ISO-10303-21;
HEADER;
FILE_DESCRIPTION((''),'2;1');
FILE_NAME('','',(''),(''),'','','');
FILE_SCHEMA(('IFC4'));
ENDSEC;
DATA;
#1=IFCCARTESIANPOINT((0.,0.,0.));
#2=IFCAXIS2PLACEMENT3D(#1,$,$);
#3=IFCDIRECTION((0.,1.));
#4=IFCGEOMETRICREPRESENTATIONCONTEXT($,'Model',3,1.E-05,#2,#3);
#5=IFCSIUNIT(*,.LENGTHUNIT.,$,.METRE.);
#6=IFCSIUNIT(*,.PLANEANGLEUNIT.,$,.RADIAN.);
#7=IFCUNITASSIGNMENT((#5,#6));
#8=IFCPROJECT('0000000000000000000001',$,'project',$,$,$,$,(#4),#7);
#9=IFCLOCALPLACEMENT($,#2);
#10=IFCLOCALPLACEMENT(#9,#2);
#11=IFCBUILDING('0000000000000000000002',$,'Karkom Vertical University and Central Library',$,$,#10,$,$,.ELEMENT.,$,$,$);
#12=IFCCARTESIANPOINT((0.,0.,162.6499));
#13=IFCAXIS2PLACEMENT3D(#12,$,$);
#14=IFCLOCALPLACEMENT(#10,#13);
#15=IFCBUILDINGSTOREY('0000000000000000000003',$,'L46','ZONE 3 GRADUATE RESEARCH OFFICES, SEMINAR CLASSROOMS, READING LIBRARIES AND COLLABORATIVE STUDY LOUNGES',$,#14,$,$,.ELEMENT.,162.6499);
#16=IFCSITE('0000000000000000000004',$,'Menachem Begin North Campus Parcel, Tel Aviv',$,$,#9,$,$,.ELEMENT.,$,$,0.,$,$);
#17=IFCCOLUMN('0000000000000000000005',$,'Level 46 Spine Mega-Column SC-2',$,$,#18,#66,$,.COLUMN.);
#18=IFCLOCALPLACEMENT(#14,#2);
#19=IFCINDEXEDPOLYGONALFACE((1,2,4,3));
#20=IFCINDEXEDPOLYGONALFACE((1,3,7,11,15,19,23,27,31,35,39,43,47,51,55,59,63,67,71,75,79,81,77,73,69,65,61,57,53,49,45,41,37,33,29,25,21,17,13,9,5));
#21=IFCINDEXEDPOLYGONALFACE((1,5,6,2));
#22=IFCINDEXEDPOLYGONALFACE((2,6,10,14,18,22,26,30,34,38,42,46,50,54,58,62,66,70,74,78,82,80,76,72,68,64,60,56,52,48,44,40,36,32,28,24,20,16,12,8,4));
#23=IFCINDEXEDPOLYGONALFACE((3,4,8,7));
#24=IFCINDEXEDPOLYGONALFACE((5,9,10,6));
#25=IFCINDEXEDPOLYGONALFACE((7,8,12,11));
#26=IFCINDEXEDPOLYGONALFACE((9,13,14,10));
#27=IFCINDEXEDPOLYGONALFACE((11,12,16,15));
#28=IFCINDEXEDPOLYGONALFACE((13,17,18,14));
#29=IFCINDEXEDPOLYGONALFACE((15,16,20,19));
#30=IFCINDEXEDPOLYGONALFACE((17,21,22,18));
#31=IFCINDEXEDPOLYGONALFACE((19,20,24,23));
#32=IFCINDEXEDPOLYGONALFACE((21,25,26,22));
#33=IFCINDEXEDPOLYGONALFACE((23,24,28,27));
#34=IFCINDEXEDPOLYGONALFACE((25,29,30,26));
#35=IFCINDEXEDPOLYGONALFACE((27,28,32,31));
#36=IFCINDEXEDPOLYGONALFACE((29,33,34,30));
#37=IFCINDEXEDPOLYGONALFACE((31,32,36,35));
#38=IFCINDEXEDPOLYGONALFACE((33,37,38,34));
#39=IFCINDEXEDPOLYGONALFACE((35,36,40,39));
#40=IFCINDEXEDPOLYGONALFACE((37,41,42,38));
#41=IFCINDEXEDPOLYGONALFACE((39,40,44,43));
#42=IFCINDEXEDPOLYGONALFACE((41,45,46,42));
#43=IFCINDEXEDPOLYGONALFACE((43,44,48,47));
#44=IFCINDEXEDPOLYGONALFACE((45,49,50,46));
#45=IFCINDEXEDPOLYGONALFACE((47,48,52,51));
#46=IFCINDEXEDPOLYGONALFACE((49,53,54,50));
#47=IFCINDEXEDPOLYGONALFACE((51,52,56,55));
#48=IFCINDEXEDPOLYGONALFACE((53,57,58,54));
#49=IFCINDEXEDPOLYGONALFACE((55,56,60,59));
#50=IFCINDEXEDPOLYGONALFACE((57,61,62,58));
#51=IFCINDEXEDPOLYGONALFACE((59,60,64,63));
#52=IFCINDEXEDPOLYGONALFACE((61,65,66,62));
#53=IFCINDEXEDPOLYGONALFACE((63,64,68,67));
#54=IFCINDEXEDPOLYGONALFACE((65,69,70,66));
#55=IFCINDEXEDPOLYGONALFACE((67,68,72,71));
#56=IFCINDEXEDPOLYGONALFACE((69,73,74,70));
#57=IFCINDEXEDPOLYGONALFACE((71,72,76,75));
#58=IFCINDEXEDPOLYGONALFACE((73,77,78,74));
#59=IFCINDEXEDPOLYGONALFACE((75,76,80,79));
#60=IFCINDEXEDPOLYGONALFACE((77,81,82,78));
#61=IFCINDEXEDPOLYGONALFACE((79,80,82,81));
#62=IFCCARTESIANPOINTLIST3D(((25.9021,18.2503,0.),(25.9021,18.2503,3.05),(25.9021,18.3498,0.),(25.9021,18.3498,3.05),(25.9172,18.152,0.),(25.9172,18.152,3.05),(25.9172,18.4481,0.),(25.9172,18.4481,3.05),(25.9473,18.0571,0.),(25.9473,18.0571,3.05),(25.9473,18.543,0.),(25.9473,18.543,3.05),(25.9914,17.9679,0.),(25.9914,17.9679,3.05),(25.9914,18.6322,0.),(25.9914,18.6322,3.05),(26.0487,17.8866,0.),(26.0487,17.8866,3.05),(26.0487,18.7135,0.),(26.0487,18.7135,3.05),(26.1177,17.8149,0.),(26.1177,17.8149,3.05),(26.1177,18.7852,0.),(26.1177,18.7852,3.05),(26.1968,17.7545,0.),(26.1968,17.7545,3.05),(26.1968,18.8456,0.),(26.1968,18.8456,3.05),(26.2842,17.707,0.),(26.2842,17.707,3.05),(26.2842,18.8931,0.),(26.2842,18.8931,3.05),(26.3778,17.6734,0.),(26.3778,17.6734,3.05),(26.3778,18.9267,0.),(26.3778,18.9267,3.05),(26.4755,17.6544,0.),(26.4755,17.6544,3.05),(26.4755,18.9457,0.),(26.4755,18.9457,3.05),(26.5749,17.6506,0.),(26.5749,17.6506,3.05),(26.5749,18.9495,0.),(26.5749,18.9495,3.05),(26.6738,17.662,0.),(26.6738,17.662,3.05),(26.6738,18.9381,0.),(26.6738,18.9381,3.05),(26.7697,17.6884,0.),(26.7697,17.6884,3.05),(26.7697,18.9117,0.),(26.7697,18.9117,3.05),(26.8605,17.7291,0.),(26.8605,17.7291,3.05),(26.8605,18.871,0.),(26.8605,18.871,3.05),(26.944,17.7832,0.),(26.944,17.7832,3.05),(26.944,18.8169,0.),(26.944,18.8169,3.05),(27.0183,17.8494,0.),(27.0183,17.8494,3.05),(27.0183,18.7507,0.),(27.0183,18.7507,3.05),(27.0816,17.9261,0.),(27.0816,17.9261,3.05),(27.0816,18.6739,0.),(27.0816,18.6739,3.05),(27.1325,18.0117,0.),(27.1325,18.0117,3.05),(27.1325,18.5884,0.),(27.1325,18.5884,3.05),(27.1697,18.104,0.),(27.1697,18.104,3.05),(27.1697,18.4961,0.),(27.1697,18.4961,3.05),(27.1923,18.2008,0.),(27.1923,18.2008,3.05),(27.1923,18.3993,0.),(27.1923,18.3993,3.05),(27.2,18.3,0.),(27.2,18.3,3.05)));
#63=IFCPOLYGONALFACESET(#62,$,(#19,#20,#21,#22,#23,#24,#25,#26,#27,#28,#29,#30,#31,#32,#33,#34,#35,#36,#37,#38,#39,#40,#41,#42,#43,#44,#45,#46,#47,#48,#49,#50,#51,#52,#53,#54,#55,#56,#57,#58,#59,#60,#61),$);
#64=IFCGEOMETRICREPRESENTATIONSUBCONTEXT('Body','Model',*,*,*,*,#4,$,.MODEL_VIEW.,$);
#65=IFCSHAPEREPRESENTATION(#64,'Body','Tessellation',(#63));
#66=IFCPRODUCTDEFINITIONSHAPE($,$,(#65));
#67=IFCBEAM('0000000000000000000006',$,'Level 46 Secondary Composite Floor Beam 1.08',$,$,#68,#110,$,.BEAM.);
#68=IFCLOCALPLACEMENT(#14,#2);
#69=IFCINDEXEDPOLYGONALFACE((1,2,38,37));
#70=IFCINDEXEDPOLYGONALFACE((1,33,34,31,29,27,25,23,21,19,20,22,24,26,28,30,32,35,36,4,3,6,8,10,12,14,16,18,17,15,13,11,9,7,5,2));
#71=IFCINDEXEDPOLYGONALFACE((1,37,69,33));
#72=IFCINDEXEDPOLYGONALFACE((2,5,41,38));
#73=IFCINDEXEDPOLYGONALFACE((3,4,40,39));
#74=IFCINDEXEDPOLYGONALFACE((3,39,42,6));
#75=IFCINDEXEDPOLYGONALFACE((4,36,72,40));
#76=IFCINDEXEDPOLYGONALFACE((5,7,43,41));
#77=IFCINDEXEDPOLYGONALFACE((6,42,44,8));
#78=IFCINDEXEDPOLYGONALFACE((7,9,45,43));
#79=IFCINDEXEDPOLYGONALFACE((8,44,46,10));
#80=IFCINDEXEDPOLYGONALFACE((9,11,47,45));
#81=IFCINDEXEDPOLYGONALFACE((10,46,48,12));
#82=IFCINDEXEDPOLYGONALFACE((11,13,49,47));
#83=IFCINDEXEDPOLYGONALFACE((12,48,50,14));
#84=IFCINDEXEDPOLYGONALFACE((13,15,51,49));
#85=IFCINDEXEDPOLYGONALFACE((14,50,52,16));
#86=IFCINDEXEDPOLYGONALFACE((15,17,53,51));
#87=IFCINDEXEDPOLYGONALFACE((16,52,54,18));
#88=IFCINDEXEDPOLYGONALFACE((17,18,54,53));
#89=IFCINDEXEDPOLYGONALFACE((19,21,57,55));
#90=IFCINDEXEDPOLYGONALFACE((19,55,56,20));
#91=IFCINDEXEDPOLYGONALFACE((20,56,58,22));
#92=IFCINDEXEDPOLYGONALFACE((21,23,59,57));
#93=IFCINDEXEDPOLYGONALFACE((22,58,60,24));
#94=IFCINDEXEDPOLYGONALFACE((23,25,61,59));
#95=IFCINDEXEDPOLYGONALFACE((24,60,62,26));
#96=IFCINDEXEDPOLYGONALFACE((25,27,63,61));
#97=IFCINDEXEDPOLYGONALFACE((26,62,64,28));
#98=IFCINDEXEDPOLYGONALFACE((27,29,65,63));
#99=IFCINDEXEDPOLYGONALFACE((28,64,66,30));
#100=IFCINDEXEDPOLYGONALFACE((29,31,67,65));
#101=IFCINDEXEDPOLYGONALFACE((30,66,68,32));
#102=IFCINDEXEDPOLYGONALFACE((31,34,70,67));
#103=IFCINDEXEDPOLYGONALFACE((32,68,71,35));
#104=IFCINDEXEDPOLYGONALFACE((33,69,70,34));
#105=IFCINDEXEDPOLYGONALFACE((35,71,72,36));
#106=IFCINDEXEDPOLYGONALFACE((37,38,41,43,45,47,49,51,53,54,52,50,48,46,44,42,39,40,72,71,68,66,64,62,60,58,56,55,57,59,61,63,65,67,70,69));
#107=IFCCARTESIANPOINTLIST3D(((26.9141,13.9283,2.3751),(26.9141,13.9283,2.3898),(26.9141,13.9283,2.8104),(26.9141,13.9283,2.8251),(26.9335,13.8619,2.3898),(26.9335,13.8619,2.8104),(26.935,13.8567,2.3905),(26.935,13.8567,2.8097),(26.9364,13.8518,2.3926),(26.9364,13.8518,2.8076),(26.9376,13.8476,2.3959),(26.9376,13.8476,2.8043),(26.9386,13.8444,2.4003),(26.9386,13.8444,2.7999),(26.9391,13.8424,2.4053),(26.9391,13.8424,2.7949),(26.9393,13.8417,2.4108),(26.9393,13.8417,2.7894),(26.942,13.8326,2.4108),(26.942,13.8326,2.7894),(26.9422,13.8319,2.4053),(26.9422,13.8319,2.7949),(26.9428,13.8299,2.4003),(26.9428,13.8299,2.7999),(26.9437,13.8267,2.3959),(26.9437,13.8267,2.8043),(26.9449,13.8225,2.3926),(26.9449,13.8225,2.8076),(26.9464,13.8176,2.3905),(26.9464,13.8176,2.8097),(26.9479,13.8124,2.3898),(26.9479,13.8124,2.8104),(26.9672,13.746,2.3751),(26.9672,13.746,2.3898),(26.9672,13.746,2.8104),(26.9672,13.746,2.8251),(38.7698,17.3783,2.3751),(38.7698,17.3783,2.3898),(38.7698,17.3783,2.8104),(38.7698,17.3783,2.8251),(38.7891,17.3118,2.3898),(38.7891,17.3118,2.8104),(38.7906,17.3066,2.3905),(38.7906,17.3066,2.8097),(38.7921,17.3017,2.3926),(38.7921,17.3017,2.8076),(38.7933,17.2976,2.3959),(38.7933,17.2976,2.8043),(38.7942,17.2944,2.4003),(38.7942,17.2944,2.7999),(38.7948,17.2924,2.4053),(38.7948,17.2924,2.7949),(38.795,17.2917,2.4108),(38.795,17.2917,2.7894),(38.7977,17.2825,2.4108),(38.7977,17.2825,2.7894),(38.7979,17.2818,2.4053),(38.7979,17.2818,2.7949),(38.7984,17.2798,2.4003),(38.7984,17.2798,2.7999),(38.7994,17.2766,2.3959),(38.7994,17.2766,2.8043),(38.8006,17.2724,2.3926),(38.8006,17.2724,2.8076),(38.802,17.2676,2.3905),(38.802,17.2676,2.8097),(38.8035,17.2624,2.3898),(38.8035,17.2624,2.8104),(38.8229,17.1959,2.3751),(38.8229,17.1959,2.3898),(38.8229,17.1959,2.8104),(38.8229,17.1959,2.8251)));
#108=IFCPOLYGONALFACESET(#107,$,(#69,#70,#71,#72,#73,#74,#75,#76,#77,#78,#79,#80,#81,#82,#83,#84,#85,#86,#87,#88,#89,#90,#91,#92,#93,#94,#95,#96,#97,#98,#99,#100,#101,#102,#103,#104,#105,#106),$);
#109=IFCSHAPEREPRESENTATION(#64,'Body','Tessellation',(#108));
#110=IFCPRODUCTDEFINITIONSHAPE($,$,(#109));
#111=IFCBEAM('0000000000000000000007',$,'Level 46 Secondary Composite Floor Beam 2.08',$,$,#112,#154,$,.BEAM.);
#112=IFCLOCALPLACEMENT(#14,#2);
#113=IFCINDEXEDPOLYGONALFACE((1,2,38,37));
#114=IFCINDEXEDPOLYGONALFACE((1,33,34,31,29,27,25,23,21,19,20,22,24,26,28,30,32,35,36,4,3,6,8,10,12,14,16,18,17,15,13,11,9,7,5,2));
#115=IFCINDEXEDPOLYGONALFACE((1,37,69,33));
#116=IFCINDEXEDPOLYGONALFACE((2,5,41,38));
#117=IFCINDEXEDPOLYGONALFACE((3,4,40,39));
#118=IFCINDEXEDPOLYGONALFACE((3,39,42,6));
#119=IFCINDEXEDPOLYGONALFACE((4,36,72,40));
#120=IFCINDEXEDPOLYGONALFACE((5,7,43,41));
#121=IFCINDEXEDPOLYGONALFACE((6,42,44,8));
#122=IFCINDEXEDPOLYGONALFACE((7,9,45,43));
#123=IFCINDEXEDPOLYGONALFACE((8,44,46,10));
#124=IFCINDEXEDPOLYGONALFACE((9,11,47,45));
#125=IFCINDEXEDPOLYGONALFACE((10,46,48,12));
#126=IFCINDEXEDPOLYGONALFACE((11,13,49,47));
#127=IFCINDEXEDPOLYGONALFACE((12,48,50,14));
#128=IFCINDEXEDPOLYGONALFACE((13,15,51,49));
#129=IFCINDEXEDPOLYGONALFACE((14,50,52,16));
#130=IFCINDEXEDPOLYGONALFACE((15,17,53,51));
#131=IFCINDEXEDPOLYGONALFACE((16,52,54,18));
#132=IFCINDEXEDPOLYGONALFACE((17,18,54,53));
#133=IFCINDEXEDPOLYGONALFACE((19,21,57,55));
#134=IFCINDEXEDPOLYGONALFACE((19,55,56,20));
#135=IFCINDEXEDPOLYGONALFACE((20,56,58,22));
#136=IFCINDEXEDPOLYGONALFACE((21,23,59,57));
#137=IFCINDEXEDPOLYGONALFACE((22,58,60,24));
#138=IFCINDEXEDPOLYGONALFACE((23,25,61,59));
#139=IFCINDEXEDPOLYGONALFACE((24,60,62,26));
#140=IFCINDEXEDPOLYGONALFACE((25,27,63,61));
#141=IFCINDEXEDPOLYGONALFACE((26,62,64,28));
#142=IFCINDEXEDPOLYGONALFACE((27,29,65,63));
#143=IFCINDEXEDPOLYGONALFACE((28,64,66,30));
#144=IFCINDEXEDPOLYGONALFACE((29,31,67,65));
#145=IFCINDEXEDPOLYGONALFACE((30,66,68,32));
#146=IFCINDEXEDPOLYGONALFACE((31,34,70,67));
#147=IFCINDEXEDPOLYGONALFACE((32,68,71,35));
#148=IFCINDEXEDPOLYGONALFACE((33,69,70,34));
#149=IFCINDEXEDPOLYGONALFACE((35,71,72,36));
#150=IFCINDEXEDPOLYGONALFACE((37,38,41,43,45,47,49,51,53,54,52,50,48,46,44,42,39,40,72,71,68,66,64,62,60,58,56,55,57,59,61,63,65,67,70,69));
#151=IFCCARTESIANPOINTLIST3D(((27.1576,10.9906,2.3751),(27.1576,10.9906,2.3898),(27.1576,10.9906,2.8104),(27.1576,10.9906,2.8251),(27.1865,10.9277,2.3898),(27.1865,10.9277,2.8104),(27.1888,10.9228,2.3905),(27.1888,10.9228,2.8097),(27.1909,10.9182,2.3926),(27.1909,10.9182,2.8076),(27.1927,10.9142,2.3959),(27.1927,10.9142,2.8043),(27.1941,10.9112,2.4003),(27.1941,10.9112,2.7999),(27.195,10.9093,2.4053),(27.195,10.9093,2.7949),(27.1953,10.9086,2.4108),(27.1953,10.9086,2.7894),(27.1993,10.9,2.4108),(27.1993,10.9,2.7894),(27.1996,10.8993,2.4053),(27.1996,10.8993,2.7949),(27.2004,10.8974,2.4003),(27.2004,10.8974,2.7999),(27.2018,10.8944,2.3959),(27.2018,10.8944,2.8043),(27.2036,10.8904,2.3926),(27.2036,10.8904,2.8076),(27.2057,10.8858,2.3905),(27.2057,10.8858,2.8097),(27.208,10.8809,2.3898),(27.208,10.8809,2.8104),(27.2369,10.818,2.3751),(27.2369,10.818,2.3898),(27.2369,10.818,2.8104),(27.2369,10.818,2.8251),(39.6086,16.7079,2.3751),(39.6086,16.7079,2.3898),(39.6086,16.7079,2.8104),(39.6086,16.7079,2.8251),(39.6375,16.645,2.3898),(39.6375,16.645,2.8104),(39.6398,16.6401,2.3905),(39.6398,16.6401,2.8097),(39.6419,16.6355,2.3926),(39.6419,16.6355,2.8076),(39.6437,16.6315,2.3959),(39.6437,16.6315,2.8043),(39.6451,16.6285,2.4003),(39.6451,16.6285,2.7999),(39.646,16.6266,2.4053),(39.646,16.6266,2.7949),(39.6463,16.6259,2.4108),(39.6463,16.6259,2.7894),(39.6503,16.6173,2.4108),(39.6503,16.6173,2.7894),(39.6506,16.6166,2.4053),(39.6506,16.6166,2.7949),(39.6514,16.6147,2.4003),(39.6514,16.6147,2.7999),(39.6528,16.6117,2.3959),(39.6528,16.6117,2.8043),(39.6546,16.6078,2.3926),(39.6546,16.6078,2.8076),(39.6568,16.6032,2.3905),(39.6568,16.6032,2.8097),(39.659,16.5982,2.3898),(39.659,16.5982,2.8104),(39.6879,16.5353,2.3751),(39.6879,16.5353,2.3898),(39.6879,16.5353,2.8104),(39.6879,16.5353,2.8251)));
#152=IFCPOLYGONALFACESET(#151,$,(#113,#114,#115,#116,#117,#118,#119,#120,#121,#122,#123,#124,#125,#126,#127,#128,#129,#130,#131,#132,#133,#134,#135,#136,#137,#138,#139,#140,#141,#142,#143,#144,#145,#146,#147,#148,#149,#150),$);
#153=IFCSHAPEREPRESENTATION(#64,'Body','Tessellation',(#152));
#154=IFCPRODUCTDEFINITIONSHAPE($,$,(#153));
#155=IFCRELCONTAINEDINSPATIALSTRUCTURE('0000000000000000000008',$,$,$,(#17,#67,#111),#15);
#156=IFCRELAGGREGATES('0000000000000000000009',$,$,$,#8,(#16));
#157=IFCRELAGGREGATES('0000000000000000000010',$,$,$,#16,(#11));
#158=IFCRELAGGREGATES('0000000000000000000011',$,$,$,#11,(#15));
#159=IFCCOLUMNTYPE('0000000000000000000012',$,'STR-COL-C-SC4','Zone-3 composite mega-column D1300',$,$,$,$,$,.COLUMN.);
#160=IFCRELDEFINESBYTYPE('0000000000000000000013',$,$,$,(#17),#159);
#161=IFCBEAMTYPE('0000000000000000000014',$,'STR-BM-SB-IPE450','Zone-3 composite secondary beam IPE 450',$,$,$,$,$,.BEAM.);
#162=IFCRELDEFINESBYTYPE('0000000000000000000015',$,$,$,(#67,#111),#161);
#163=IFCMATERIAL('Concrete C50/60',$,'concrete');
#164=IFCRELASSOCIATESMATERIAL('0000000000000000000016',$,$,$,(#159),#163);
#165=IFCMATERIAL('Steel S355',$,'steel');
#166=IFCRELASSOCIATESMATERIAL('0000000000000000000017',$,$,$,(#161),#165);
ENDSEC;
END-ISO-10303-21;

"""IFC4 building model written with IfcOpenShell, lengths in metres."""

from ifc_helpers import new_model, si_unit, direction, frame, origin, origin_with_axes, origin_2d, place, context, subcontext, project, spatial, circle, i_section, extrude, source, transform, mapped, material, material_profile, profile_set, type_object, element, save


model = new_model("IFC4")

# Units and contexts
model_context = context("Model", 3, precision=1e-05, world=origin(), true_north=direction((0.0, 1.0)))
body_context = subcontext(model_context, "Body", "Model", "MODEL_VIEW")
ifc_project = project(units=[si_unit("LENGTHUNIT", "METRE"), si_unit("PLANEANGLEUNIT", "RADIAN")], contexts=[model_context])

# Site, building, storey
site_placement = place(None, origin())
site = spatial("IfcSite", under=ifc_project, at=site_placement, Name="Menachem Begin North Campus Parcel, Tel Aviv", CompositionType="ELEMENT", RefElevation=0.0)
building_placement = place(site_placement, origin())
building = spatial("IfcBuilding", under=site, at=building_placement, Name="Karkom Vertical University and Central Library", CompositionType="ELEMENT")
storey_placement = place(building_placement, frame((0.0, 0.0, 162.6499)))
storey = spatial("IfcBuildingStorey", under=building, at=storey_placement, Name="L46", Description="ZONE 3 GRADUATE RESEARCH OFFICES, SEMINAR CLASSROOMS, READING LIBRARIES AND COLLABORATIVE STUDY LOUNGES", CompositionType="ELEMENT", Elevation=162.6499)

# Column
ifc_material_1 = material(Name="Concrete C50/60", Category="concrete")
ifc_material_profile_1 = material_profile(ifc_material_1, circle(Radius=0.6499, at=origin_2d()), Name="CFT-D1300")
ifc_profile_set_1 = profile_set([ifc_material_profile_1], Name="Concrete C50/60")
column_type = type_object("IfcColumnType", Name="STR-COL-C-SC4", Description="Zone-3 composite mega-column D1300", PredefinedType="COLUMN", material=ifc_profile_set_1)
shared_shape_1 = source(origin_with_axes(), body_context, "Body", "SweptSolid", [
    extrude(circle(Radius=0.6499, at=origin_2d()), origin(), (0.0, 0.0, 1.0), 3.05),
])
column_placement = place(storey_placement, frame((26.55, 18.3, 0.0), z_axis=(0.0, 0.0, 1.0), x_axis=(1.0, 0.0, 0.0)))
element("IfcColumn", 1, at=column_placement, inside=storey, type_object=column_type, Name="Level 46 Spine Mega-Column SC-2", PredefinedType="COLUMN", context=body_context, shape_type="MappedRepresentation", body=[
    mapped(shared_shape_1, transform((0.0, 0.0, 0.0), scale=1.0)),
])

# Beams
ifc_material_2 = material(Name="Steel S355", Category="steel")
ifc_material_profile_2 = material_profile(ifc_material_2, i_section(OverallWidth=0.1899, OverallDepth=0.45, WebThickness=0.0095, FlangeThickness=0.0146, FilletRadius=0.021, at=origin_2d()), Name="IPE 450")
ifc_profile_set_2 = profile_set([ifc_material_profile_2], Name="Steel S355")
beam_type_1 = type_object("IfcBeamType", Name="STR-BM-SB-IPE450", Description="Zone-3 composite secondary beam IPE 450", PredefinedType="BEAM", material=ifc_profile_set_2)
shared_shape_2 = source(origin_with_axes(), body_context, "Body", "SweptSolid", [
    extrude(i_section(OverallWidth=0.1899, OverallDepth=0.45, WebThickness=0.0095, FlangeThickness=0.0146, FilletRadius=0.021, at=origin_2d()), origin(), (0.0, 0.0, 1.0), 12.3474),
])
beam_1_placement = place(storey_placement, frame((26.9407, 13.8372, 2.6001), z_axis=(0.960173, 0.279405, 0.0), x_axis=(-0.279405, 0.960173, 0.0)))
element("IfcBeam", 2, at=beam_1_placement, inside=storey, type_object=beam_type_1, Name="Level 46 Secondary Composite Floor Beam 1.08", PredefinedType="BEAM", context=body_context, shape_type="MappedRepresentation", body=[
    mapped(shared_shape_2, transform((0.0, 0.0, 0.0), scale=1.0)),
])
shared_shape_3 = source(origin_with_axes(), body_context, "Body", "SweptSolid", [
    extrude(i_section(OverallWidth=0.1899, OverallDepth=0.45, WebThickness=0.0095, FlangeThickness=0.0146, FilletRadius=0.021, at=origin_2d()), origin(), (0.0, 0.0, 1.0), 13.7009),
])
beam_2_placement = place(storey_placement, frame((27.1973, 10.9043, 2.6001), z_axis=(0.908771, 0.417295, 0.0), x_axis=(-0.417295, 0.908771, 0.0)))
element("IfcBeam", 3, at=beam_2_placement, inside=storey, type_object=beam_type_1, Name="Level 46 Secondary Composite Floor Beam 2.08", PredefinedType="BEAM", context=body_context, shape_type="MappedRepresentation", body=[
    mapped(shared_shape_3, transform((0.0, 0.0, 0.0), scale=1.0)),
])

save(model, "model.ifc")
